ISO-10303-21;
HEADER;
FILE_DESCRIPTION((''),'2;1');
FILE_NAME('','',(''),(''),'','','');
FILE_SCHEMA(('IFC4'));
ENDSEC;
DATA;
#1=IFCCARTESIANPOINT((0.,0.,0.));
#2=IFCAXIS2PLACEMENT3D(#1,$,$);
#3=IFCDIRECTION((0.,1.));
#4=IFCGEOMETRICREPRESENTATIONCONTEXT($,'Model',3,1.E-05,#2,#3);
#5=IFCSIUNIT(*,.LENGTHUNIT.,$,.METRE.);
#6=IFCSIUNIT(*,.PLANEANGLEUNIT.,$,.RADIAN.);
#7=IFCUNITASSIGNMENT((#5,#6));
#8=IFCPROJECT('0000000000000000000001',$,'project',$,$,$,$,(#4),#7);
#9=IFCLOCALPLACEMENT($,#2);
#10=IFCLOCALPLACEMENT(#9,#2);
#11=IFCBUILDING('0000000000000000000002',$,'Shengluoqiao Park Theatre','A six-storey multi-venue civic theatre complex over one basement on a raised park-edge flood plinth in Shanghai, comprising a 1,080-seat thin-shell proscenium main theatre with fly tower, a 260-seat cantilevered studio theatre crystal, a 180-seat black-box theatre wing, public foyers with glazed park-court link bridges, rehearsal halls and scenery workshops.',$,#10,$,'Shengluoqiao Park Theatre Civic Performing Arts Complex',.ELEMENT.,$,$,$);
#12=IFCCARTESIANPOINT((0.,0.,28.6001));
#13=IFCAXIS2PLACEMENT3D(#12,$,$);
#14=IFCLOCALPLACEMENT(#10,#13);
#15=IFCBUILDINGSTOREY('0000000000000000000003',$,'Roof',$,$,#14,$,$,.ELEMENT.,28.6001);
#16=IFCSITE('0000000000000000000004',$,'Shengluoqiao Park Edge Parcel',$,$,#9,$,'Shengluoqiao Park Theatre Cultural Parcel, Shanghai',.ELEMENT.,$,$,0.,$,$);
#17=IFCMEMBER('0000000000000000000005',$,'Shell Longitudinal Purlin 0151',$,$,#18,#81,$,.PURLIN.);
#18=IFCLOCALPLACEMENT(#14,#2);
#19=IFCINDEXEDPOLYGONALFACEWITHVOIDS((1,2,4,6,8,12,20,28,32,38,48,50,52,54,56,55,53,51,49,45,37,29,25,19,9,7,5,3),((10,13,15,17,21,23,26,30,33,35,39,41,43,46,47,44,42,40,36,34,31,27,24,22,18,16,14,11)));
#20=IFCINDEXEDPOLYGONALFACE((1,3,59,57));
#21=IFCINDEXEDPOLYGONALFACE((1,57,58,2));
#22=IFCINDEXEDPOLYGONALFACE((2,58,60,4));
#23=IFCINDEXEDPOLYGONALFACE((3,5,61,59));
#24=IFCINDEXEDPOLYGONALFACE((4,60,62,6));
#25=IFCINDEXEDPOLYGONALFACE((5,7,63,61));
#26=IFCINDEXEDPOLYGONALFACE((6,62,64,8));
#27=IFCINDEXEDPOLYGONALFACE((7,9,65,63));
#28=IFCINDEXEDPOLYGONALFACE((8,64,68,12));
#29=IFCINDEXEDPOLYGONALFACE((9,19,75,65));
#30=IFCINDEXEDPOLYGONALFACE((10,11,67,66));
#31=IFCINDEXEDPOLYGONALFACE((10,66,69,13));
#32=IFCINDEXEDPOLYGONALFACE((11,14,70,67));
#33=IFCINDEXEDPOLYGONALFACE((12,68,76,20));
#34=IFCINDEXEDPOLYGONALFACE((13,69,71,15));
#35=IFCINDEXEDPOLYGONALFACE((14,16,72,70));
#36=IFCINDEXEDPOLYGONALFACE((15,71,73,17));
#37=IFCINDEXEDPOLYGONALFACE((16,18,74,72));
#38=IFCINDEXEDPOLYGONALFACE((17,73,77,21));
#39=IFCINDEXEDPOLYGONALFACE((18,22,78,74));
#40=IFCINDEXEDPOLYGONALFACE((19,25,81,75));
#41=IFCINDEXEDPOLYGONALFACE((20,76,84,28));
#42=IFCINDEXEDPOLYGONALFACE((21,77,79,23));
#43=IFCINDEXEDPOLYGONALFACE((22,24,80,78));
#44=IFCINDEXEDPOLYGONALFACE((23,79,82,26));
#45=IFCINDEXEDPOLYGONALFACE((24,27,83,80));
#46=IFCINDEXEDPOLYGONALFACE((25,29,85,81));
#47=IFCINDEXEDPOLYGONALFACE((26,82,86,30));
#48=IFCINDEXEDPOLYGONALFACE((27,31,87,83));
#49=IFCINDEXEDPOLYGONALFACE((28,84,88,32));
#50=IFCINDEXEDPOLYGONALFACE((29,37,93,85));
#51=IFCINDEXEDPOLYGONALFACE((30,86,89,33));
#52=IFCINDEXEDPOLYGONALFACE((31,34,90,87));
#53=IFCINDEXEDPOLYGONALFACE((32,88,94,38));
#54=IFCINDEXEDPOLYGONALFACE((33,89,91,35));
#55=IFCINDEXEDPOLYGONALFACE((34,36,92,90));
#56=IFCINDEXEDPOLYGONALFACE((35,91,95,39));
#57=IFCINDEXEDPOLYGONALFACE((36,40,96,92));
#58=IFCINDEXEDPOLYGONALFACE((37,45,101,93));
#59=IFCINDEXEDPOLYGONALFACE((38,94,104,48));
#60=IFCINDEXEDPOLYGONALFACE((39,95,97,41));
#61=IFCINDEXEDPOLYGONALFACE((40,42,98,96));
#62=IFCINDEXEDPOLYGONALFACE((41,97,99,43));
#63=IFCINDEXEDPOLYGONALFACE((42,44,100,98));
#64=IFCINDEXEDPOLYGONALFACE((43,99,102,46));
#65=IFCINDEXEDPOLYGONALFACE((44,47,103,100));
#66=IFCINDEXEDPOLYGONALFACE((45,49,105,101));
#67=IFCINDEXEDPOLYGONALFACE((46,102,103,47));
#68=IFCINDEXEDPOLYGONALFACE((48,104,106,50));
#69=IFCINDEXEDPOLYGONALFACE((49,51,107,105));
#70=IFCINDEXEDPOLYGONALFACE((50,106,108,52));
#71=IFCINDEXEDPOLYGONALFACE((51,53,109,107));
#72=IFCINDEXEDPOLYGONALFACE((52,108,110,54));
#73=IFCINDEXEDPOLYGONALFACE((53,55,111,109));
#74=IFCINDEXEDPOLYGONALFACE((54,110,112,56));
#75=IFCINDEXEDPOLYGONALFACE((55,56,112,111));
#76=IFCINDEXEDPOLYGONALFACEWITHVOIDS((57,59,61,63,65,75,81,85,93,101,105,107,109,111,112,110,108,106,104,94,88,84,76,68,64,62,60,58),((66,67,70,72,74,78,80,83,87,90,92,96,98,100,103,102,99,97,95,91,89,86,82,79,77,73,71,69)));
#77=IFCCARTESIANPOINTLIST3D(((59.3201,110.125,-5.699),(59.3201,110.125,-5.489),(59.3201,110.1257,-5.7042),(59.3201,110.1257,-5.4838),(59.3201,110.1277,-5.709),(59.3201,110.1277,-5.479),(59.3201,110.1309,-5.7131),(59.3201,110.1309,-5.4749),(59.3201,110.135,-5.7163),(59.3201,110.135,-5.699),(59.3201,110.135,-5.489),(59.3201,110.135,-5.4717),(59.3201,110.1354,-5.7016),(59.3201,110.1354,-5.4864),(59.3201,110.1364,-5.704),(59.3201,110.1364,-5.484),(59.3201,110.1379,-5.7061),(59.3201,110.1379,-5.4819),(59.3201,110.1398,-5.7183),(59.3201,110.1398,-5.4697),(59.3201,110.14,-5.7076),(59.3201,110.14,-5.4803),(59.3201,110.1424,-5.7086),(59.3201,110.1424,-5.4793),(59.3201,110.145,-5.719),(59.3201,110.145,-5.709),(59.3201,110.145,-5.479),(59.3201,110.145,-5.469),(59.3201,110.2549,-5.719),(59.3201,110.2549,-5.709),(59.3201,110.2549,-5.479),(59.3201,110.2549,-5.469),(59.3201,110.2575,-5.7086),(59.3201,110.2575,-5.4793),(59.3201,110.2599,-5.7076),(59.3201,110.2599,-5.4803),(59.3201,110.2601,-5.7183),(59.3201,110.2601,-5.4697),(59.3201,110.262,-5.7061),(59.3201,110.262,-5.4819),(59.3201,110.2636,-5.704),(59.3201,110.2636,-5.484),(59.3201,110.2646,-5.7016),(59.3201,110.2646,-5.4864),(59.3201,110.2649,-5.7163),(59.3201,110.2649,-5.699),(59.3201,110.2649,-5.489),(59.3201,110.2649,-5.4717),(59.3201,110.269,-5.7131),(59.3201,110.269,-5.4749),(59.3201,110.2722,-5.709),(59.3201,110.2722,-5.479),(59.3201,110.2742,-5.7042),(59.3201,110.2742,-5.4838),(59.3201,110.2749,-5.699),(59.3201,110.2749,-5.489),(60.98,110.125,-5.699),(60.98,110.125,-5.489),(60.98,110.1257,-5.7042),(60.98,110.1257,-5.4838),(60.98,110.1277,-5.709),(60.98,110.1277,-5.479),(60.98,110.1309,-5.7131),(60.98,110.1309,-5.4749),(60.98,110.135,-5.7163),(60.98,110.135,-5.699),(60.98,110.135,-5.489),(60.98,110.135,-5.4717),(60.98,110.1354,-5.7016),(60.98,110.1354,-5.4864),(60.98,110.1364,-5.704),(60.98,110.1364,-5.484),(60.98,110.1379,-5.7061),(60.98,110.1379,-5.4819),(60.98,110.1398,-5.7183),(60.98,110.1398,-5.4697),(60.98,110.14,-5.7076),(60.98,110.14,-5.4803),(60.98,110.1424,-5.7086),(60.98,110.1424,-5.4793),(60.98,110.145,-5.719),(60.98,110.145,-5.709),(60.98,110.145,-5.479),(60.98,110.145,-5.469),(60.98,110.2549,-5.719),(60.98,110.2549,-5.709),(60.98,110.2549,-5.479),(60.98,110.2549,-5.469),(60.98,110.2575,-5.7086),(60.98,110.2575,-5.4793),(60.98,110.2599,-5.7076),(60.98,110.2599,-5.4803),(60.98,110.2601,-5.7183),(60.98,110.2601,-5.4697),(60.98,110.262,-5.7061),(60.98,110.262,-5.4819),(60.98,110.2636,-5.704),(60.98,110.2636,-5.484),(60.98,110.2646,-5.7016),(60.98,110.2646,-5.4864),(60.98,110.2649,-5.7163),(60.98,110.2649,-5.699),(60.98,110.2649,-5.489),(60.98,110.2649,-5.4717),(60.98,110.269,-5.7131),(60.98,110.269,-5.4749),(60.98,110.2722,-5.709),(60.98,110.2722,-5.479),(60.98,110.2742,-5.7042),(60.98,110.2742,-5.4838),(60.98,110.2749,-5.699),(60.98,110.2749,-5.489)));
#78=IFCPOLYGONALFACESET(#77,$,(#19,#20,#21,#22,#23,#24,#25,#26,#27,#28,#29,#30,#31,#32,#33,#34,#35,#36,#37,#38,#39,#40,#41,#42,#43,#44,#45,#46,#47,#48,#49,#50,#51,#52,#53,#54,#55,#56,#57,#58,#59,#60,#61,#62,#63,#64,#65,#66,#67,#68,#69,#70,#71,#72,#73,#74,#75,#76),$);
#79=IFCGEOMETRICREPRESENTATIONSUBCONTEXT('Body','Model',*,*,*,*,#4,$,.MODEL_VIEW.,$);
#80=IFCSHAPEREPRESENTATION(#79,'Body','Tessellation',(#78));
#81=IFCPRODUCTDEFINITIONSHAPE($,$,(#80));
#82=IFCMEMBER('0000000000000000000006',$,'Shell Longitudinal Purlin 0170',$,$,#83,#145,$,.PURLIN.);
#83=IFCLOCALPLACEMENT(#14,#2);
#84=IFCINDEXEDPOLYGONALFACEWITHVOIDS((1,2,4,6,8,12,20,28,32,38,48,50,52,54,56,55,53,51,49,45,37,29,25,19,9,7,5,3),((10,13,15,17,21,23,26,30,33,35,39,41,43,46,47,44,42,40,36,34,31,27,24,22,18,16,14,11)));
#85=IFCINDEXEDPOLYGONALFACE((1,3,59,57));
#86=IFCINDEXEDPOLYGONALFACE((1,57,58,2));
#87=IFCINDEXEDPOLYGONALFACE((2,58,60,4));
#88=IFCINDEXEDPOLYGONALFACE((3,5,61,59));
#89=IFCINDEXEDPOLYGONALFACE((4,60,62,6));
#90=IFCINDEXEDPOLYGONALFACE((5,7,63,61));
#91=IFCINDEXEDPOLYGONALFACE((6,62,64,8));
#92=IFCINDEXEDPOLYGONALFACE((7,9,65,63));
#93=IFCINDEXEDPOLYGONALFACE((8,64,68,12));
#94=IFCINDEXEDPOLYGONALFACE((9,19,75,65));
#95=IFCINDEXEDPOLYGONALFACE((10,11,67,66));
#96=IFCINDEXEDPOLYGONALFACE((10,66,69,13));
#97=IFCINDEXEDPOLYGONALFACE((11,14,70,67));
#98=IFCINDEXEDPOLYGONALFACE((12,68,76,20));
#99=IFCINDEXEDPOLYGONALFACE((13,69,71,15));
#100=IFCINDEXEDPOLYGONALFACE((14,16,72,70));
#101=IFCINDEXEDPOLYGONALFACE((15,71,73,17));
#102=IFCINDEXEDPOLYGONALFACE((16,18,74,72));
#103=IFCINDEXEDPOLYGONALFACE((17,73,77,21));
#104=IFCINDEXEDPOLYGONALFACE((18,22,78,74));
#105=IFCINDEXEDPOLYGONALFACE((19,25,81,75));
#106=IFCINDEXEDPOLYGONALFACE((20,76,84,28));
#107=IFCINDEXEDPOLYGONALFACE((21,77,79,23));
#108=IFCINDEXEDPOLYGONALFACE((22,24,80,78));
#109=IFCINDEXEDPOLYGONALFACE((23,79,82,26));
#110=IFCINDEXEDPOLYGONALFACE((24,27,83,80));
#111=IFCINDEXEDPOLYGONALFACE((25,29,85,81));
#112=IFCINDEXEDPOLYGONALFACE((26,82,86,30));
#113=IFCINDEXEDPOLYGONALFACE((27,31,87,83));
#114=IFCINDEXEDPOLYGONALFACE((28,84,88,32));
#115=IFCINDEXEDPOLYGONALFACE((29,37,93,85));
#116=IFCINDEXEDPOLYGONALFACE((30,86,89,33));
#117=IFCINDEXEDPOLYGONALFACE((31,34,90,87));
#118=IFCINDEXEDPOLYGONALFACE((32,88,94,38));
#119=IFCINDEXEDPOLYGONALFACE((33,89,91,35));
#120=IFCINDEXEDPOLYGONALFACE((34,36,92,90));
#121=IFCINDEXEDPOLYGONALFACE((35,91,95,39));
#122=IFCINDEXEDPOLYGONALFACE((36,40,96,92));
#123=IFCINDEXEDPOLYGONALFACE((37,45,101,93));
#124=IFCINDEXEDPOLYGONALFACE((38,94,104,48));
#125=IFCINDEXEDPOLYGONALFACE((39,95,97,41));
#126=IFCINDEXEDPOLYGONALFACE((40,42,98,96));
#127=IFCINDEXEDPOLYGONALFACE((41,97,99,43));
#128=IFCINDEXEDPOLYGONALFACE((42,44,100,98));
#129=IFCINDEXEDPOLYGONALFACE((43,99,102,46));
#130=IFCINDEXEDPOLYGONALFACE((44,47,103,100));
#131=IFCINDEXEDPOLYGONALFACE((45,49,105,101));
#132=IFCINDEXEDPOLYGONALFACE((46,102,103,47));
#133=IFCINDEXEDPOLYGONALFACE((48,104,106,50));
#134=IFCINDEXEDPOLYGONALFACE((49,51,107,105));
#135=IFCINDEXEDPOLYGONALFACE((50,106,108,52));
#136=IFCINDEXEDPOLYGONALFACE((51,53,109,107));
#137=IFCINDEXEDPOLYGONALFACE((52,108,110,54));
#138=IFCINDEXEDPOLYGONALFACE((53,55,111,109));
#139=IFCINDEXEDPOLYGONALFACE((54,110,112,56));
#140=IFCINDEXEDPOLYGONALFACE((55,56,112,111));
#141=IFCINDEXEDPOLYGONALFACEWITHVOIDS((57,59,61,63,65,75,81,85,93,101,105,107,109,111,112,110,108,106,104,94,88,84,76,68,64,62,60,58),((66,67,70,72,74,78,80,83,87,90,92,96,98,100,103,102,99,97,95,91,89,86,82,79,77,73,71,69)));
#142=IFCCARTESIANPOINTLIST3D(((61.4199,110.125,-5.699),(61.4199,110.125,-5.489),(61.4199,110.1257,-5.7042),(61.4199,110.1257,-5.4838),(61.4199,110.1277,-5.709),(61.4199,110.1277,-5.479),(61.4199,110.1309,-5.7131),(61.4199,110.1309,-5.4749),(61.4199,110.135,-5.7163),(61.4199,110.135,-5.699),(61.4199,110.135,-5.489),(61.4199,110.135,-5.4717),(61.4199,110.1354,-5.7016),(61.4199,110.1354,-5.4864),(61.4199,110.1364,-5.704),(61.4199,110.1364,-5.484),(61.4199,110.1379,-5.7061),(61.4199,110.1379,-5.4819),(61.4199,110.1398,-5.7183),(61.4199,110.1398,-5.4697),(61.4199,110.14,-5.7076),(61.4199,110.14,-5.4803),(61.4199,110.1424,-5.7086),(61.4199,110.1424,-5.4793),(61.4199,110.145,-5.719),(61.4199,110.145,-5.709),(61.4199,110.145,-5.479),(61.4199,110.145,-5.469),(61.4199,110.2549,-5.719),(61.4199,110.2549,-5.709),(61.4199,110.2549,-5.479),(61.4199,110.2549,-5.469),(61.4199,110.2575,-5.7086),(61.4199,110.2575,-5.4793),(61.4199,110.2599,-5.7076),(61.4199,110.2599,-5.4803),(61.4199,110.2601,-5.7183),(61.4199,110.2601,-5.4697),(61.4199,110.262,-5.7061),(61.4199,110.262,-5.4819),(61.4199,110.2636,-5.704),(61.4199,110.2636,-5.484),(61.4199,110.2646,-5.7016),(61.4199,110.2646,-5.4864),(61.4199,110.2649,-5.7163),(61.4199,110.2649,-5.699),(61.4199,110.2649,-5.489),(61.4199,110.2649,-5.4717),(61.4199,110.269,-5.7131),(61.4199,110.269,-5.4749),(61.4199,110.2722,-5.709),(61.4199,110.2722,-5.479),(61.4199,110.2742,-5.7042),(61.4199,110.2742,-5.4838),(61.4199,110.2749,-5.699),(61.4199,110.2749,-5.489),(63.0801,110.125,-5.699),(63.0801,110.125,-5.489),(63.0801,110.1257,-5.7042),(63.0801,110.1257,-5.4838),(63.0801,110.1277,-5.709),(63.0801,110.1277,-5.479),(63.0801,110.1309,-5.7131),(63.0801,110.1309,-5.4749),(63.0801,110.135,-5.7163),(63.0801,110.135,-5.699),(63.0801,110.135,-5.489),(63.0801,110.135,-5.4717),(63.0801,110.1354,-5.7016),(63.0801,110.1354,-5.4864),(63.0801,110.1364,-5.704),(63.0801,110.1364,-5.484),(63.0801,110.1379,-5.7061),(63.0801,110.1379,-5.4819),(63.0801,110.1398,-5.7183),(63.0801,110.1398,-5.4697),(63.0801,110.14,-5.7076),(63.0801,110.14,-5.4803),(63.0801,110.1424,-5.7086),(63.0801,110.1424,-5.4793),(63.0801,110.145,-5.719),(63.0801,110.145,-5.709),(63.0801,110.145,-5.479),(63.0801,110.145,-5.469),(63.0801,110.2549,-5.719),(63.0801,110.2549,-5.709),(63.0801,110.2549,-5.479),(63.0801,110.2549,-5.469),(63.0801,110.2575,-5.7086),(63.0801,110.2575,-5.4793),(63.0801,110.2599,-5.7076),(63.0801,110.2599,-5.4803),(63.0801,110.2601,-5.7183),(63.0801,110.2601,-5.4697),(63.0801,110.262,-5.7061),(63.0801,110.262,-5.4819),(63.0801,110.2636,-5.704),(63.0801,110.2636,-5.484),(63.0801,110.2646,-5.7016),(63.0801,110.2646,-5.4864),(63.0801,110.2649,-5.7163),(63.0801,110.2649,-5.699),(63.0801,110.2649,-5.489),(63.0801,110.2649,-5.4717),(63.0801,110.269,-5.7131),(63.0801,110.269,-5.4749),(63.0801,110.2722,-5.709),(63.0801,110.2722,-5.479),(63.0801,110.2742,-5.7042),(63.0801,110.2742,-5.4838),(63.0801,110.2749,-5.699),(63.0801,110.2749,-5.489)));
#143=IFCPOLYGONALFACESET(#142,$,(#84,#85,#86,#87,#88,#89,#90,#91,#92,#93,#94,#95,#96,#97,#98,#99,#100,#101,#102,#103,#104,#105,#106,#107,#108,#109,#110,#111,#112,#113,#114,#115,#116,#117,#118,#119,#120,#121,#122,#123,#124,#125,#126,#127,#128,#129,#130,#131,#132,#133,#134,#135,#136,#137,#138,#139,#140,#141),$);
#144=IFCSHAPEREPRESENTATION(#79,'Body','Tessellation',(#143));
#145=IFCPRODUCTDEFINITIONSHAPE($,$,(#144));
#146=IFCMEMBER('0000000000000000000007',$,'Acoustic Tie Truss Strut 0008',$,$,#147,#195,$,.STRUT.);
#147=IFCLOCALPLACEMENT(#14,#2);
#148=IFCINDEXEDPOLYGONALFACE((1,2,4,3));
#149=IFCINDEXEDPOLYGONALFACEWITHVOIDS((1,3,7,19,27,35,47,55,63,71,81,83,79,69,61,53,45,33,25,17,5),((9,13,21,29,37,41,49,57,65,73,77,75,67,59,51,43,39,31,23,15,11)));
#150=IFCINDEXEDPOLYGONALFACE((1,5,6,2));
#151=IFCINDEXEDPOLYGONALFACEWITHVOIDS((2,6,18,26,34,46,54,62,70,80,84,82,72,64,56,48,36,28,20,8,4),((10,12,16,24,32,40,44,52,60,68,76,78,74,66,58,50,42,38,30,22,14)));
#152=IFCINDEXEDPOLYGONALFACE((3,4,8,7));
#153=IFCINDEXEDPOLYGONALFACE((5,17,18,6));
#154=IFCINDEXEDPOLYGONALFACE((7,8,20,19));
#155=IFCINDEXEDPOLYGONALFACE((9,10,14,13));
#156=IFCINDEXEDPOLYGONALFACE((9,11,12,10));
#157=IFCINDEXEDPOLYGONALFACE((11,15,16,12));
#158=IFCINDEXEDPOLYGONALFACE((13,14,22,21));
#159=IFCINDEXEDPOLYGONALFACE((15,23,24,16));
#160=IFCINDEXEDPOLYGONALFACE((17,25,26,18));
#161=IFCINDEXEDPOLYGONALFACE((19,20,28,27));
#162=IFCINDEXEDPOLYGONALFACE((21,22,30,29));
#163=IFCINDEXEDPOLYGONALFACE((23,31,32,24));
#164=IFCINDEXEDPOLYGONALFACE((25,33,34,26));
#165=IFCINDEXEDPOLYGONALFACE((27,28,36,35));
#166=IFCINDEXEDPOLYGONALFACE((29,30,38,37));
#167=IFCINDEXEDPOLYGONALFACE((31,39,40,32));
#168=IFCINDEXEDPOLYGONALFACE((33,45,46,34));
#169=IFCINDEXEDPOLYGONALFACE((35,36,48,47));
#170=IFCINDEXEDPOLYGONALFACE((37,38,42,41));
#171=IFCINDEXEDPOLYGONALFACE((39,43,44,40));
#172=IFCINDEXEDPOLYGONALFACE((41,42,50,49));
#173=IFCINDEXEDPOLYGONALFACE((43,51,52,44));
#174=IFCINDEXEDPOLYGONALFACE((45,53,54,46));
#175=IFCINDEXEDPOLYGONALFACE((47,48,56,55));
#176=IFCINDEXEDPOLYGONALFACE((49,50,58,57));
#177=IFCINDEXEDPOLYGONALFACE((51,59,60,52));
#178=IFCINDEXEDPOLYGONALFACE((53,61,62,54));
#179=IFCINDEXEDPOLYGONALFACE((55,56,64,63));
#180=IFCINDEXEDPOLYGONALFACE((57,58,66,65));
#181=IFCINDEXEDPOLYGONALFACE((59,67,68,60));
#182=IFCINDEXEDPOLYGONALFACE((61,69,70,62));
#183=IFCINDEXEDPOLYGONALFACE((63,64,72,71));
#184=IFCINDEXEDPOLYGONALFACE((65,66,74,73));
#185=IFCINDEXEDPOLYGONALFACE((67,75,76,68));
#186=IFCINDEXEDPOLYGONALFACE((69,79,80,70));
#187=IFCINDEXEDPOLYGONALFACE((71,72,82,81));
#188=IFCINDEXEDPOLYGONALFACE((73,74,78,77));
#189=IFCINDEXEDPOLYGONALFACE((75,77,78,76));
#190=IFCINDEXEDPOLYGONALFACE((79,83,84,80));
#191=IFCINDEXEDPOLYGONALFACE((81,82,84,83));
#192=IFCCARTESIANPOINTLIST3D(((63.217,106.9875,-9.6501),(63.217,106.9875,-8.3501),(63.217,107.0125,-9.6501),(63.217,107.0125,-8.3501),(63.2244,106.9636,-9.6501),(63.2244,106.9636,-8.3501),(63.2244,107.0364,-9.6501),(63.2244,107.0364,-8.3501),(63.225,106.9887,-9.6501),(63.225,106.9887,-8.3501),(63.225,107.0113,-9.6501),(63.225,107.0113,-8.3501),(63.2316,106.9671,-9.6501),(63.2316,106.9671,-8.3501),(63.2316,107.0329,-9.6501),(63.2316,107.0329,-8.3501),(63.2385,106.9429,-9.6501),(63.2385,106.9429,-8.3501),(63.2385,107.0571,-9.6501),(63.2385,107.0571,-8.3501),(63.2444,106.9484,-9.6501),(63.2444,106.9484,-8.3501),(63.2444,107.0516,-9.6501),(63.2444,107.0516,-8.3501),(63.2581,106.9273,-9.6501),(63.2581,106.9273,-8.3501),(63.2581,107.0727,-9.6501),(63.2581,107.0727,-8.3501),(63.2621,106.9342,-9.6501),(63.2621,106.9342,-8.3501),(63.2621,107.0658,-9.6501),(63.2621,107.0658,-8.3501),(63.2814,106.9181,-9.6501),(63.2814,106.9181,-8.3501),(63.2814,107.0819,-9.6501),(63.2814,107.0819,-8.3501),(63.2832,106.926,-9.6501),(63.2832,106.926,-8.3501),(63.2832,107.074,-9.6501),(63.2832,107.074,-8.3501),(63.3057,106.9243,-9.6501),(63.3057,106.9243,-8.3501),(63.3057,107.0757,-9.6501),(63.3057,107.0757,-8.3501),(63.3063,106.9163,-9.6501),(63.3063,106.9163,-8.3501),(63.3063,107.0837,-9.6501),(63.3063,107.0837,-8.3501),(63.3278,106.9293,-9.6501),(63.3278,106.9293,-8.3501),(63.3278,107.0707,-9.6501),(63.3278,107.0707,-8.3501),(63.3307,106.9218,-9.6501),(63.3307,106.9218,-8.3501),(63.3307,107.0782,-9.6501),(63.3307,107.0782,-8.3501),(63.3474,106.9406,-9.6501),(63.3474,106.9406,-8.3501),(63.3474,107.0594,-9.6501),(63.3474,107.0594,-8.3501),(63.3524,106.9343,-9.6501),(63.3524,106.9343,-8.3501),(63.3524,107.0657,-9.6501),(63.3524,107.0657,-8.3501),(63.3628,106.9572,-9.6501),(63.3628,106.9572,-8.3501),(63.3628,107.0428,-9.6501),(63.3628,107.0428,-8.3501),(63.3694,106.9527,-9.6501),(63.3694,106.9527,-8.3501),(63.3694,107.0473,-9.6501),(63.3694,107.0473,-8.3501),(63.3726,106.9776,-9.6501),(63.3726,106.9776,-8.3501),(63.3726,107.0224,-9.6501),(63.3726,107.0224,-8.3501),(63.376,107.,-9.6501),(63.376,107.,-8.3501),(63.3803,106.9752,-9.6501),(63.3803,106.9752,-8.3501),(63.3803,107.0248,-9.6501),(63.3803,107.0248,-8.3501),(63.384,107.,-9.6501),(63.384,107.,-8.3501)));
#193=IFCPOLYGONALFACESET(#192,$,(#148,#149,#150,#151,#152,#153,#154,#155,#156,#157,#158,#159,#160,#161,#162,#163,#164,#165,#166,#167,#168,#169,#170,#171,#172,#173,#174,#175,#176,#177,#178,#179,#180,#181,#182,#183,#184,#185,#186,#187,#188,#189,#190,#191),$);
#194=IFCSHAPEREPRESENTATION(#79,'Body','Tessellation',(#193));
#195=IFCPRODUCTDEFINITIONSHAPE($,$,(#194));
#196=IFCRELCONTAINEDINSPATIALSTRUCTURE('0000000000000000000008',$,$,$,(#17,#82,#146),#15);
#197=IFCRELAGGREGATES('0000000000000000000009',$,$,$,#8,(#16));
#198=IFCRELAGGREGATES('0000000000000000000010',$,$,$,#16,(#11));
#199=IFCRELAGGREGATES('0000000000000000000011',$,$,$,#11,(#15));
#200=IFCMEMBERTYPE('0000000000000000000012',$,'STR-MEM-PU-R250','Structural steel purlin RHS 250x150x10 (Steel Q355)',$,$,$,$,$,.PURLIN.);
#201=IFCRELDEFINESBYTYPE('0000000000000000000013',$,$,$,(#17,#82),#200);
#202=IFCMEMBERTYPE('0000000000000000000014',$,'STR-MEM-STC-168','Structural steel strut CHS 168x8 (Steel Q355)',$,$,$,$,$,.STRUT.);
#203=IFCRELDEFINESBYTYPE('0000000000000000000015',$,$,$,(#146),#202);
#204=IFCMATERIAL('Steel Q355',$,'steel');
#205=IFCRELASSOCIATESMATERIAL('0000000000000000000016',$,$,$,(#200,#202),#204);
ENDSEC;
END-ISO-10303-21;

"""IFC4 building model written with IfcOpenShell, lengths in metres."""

from ifc_helpers import new_model, si_unit, direction, frame, origin, origin_2d, place, context, subcontext, project, spatial, hollow_rectangle, hollow_circle, extrude, material, material_profile, profile_set, type_object, element, save


model = new_model("IFC4")

# Units and contexts
model_context = context("Model", 3, precision=1e-05, world=origin(), true_north=direction((0.0, 1.0)))
body_context = subcontext(model_context, "Body", "Model", "MODEL_VIEW")
ifc_project = project(units=[si_unit("LENGTHUNIT", "METRE"), si_unit("PLANEANGLEUNIT", "RADIAN")], contexts=[model_context])

# Site, building, storey
site_placement = place(None, origin())
site = spatial("IfcSite", under=ifc_project, at=site_placement, Name="Shengluoqiao Park Edge Parcel", LongName="Shengluoqiao Park Theatre Cultural Parcel, Shanghai", CompositionType="ELEMENT", RefElevation=0.0)
building_placement = place(site_placement, origin())
building = spatial("IfcBuilding", under=site, at=building_placement, Name="Shengluoqiao Park Theatre", Description="A six-storey multi-venue civic theatre complex over one basement on a raised park-edge flood plinth in Shanghai, comprising a 1,080-seat thin-shell proscenium main theatre with fly tower, a 260-seat cantilevered studio theatre crystal, a 180-seat black-box theatre wing, public foyers with glazed park-court link bridges, rehearsal halls and scenery workshops.", LongName="Shengluoqiao Park Theatre Civic Performing Arts Complex", CompositionType="ELEMENT")
storey_placement = place(building_placement, frame((0.0, 0.0, 28.6001)))
storey = spatial("IfcBuildingStorey", under=building, at=storey_placement, Name="Roof", CompositionType="ELEMENT", Elevation=28.6001)

# Shared definitions
ifc_material_1 = material(Name="Steel Q355", Category="steel")

# Members
ifc_material_profile_1 = material_profile(ifc_material_1, hollow_rectangle(XDim=0.1499, YDim=0.25, WallThickness=0.01, InnerFilletRadius=0.01, OuterFilletRadius=0.02, at=origin_2d()), Name="RHS 250x150x10")
ifc_profile_set_1 = profile_set([ifc_material_profile_1], Name="Steel Q355")
member_type_1 = type_object("IfcMemberType", Name="STR-MEM-PU-R250", Description="Structural steel purlin RHS 250x150x10 (Steel Q355)", PredefinedType="PURLIN", material=ifc_profile_set_1)
for number, where, z_axis, x_axis, name in (
    (1, (59.3201, 110.2, -5.594), (1.0, 0.0, 0.0), (0.0, 1.0, 0.0), "Shell Longitudinal Purlin 0151"),
):
    element("IfcMember", number, at=place(storey_placement, frame(where, z_axis=z_axis, x_axis=x_axis)), inside=storey, type_object=member_type_1, Name=name, PredefinedType="PURLIN", context=body_context, shape_type="SweptSolid", body=[
        extrude(hollow_rectangle(XDim=0.1499, YDim=0.25, WallThickness=0.01, InnerFilletRadius=0.01, OuterFilletRadius=0.02, at=origin_2d()), origin(), (0.0, 0.0, 1.0), 1.6599),
    ])
member_1_placement = place(storey_placement, frame((61.4199, 110.2, -5.594), z_axis=(1.0, 0.0, 0.0), x_axis=(0.0, 1.0, 0.0)))
element("IfcMember", 2, at=member_1_placement, inside=storey, type_object=member_type_1, Name="Shell Longitudinal Purlin 0170", PredefinedType="PURLIN", context=body_context, shape_type="SweptSolid", body=[
    extrude(hollow_rectangle(XDim=0.1499, YDim=0.25, WallThickness=0.01, InnerFilletRadius=0.01, OuterFilletRadius=0.02, at=origin_2d()), origin(), (0.0, 0.0, 1.0), 1.6602),
])
ifc_material_profile_2 = material_profile(ifc_material_1, hollow_circle(Radius=0.084, WallThickness=0.0081, at=origin_2d()), Name="CHS 168x8")
ifc_profile_set_2 = profile_set([ifc_material_profile_2], Name="Steel Q355")
member_type_2 = type_object("IfcMemberType", Name="STR-MEM-STC-168", Description="Structural steel strut CHS 168x8 (Steel Q355)", PredefinedType="STRUT", material=ifc_profile_set_2)
member_2_placement = place(storey_placement, frame((63.3, 107.0, -9.6501), z_axis=(0.0, 0.0, 1.0), x_axis=(1.0, 0.0, 0.0)))
element("IfcMember", 3, at=member_2_placement, inside=storey, type_object=member_type_2, Name="Acoustic Tie Truss Strut 0008", PredefinedType="STRUT", context=body_context, shape_type="SweptSolid", body=[
    extrude(hollow_circle(Radius=0.084, WallThickness=0.0081, at=origin_2d()), origin(), (0.0, 0.0, 1.0), 1.3),
])

save(model, "model.ifc")
